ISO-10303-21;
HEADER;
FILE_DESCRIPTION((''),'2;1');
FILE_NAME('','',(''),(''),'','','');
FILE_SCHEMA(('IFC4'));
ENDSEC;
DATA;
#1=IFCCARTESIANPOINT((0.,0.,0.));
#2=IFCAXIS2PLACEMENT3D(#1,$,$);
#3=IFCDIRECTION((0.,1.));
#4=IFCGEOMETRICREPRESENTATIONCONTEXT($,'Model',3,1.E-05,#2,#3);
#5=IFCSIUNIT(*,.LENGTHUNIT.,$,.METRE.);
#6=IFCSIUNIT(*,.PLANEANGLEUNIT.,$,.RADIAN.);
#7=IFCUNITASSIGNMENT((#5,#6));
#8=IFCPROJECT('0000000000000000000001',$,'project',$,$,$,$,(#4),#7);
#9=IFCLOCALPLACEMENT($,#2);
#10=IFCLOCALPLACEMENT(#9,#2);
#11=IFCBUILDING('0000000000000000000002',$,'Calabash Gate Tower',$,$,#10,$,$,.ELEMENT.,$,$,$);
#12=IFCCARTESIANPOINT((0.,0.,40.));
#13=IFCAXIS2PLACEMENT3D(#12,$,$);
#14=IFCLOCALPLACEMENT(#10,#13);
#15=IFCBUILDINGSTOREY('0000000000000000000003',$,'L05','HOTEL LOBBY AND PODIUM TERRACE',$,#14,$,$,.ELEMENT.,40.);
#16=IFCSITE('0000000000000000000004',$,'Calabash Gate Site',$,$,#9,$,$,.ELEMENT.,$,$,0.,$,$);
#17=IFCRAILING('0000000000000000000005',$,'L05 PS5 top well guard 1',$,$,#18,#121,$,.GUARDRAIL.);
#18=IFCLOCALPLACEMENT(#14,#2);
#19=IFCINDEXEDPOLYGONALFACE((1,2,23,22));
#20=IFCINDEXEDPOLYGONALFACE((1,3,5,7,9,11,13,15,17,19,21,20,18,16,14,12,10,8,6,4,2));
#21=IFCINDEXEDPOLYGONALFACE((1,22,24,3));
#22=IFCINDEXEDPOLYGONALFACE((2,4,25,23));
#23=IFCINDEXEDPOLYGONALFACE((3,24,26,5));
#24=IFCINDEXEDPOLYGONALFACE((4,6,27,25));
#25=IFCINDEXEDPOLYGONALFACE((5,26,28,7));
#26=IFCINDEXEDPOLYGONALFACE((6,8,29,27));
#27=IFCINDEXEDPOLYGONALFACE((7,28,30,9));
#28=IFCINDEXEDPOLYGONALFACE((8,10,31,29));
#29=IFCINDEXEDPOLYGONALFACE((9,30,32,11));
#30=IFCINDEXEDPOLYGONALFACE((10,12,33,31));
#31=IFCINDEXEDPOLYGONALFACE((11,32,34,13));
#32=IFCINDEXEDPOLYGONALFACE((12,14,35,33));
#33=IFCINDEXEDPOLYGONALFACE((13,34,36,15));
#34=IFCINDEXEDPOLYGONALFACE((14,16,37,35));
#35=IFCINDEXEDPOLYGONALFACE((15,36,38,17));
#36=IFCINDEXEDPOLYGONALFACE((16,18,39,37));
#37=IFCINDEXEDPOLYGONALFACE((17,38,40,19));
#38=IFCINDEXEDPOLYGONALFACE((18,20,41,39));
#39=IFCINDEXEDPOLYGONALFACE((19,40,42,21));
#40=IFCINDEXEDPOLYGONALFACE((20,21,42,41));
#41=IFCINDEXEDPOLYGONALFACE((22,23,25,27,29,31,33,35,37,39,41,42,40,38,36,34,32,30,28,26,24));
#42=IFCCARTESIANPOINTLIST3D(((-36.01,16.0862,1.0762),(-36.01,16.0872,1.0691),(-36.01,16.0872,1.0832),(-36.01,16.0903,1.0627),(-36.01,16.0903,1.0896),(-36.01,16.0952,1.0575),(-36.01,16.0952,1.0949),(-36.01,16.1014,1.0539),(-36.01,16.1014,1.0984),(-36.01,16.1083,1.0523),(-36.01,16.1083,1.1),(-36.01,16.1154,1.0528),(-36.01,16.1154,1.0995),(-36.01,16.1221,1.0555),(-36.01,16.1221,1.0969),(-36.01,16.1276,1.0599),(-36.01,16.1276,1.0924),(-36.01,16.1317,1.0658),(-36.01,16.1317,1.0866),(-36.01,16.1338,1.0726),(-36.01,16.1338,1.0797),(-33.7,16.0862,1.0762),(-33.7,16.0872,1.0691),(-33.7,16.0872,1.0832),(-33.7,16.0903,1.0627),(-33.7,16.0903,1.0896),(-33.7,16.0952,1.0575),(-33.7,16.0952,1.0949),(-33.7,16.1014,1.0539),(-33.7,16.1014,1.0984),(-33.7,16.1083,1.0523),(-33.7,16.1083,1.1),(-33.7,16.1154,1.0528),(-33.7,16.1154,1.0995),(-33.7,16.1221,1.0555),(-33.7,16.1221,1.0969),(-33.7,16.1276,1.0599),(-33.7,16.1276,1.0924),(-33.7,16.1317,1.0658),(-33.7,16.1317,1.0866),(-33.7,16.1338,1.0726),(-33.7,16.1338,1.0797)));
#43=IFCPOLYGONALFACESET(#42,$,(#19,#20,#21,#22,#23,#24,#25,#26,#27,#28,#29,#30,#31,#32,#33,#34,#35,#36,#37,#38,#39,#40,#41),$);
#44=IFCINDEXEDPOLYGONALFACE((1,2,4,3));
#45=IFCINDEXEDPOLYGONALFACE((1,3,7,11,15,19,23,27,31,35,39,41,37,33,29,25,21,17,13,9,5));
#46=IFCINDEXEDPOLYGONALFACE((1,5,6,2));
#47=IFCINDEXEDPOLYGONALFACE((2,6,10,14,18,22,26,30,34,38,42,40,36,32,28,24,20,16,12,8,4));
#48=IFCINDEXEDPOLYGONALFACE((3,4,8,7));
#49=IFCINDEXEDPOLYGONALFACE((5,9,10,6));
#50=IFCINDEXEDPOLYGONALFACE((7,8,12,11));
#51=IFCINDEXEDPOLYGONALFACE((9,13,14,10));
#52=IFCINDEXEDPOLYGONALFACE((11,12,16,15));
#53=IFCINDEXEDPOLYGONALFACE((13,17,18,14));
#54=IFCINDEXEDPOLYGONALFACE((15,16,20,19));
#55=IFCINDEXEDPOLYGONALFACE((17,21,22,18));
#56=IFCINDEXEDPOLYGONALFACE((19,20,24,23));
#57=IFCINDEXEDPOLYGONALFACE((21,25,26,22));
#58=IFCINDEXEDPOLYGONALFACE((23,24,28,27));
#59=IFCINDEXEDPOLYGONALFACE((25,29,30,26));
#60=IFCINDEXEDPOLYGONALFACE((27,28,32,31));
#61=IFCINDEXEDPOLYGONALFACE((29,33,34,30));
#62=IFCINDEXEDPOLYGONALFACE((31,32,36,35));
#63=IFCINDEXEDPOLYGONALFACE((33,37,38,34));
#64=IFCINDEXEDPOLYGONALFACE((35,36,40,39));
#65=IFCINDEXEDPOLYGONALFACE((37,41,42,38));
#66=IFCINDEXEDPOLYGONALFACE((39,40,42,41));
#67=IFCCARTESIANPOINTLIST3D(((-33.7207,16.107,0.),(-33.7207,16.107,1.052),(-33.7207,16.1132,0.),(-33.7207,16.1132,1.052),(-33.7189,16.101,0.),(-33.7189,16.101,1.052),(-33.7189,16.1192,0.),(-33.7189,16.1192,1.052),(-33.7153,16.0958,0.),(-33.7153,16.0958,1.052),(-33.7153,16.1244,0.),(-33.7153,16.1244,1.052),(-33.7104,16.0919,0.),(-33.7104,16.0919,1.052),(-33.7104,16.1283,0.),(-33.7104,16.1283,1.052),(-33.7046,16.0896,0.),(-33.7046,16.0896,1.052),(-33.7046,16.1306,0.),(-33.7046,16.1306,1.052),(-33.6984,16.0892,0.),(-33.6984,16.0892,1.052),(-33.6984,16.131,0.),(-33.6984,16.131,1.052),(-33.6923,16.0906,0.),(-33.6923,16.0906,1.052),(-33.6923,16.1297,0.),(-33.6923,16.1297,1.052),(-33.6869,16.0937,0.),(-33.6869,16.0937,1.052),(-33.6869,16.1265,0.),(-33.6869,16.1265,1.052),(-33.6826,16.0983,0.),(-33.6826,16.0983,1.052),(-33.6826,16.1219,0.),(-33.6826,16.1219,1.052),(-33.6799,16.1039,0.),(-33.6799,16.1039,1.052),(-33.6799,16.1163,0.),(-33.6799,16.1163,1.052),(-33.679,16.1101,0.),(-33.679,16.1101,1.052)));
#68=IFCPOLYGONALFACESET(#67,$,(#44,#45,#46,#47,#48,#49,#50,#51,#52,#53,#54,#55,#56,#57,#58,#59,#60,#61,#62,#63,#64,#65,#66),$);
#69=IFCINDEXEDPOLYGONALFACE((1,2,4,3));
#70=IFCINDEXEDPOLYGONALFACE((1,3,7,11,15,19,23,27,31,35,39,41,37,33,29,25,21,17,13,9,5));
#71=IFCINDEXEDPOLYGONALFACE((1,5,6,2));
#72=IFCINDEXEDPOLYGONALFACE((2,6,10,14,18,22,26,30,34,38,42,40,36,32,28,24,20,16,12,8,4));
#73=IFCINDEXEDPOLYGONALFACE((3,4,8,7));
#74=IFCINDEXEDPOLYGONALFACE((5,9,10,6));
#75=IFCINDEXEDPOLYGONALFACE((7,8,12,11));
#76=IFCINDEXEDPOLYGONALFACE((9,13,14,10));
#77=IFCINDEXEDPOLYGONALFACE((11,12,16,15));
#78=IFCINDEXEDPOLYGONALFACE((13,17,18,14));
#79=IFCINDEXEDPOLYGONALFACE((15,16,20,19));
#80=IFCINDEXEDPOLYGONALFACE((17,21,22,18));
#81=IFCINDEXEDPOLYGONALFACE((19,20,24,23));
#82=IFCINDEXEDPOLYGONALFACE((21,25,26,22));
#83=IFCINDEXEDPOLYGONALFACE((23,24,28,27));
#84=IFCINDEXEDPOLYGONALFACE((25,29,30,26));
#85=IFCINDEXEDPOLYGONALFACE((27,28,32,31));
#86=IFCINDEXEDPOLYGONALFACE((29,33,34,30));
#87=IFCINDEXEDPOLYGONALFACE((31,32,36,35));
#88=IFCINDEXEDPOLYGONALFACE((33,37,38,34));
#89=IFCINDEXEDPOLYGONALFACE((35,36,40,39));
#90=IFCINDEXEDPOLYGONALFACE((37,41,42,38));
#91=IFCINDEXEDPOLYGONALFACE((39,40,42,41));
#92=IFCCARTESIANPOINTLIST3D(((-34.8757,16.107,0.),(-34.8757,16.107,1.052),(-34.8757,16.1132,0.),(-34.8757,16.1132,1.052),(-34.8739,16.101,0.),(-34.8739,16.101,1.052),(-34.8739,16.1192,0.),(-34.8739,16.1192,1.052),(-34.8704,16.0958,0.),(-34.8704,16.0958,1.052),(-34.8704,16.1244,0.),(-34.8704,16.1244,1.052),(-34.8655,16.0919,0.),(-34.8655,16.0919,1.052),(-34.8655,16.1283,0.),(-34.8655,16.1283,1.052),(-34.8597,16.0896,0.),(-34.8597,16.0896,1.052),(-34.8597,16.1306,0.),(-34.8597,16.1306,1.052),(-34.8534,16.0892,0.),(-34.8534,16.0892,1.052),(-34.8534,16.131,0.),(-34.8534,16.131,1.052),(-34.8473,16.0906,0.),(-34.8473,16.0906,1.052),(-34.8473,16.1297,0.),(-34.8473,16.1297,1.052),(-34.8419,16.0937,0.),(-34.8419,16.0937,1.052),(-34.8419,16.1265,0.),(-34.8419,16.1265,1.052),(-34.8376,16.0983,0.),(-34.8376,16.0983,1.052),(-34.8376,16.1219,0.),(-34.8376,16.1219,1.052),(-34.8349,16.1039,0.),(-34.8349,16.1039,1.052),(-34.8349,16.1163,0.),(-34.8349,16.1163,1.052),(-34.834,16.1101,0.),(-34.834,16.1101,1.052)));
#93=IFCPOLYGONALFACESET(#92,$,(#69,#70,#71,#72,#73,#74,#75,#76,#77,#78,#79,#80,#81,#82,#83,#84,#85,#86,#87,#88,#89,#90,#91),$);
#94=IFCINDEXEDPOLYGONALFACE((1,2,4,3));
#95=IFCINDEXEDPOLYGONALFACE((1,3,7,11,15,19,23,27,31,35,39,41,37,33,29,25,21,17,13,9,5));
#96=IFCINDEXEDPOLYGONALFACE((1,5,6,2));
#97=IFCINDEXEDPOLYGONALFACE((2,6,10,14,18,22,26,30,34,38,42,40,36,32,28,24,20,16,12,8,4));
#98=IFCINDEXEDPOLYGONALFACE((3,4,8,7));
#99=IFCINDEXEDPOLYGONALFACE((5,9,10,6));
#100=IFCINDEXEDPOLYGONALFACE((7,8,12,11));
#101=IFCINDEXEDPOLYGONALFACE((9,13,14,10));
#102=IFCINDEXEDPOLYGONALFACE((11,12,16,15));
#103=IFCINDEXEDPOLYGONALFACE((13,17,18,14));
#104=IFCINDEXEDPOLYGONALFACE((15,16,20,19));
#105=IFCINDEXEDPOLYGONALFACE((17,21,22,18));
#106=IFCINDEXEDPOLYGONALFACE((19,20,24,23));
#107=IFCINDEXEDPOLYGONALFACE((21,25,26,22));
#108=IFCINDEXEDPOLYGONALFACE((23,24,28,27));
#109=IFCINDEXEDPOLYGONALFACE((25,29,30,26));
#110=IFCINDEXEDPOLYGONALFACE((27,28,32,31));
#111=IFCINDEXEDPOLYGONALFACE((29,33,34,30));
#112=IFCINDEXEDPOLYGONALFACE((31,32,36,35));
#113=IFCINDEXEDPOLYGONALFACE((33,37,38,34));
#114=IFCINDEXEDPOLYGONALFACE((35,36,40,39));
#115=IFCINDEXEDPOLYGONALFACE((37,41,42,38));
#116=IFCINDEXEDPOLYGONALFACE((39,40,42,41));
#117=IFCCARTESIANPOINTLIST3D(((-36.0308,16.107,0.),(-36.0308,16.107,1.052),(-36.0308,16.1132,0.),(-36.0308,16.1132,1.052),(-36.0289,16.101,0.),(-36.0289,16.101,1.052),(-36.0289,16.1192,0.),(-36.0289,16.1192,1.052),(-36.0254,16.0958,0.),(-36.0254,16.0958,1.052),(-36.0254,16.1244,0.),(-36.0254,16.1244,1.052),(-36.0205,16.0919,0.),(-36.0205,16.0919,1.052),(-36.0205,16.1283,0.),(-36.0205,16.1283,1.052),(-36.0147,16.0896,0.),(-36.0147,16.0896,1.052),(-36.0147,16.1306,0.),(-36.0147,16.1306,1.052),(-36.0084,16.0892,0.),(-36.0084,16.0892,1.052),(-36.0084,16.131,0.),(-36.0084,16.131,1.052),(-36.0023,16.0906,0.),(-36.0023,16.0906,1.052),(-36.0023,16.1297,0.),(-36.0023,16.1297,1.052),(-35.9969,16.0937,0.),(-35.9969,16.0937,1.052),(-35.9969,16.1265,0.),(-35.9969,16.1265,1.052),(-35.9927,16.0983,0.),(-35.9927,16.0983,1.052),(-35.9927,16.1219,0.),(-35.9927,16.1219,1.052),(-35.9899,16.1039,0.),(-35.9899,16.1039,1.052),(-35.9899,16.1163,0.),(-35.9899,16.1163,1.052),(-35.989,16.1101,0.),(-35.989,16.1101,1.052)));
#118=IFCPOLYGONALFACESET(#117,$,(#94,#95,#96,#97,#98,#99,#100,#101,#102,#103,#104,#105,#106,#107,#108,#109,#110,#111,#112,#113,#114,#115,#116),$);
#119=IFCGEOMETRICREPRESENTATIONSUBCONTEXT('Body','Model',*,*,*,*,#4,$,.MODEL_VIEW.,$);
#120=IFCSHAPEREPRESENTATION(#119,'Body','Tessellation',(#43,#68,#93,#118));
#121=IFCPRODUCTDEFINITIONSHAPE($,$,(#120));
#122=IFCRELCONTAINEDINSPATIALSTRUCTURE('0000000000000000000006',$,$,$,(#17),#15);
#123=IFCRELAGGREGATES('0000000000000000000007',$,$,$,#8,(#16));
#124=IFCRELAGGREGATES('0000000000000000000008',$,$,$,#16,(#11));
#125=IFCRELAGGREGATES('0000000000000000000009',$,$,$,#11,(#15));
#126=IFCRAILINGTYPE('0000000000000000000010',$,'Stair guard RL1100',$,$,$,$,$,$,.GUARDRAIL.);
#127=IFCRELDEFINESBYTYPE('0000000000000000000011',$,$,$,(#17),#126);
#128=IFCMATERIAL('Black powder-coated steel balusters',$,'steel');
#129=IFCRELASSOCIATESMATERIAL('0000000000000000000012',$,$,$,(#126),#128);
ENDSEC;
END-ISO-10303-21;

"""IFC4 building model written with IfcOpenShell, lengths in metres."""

from ifc_helpers import new_model, si_unit, direction, frame, origin, origin_2d, place, context, subcontext, project, spatial, circle, extrude, material, type_object, element, save


model = new_model("IFC4")

# Units and contexts
model_context = context("Model", 3, precision=1e-05, world=origin(), true_north=direction((0.0, 1.0)))
body_context = subcontext(model_context, "Body", "Model", "MODEL_VIEW")
ifc_project = project(units=[si_unit("LENGTHUNIT", "METRE"), si_unit("PLANEANGLEUNIT", "RADIAN")], contexts=[model_context])

# Site, building, storey
site_placement = place(None, origin())
site = spatial("IfcSite", under=ifc_project, at=site_placement, Name="Calabash Gate Site", CompositionType="ELEMENT", RefElevation=0.0)
building_placement = place(site_placement, origin())
building = spatial("IfcBuilding", under=site, at=building_placement, Name="Calabash Gate Tower", CompositionType="ELEMENT")
storey_placement = place(building_placement, frame((0.0, 0.0, 40.0)))
storey = spatial("IfcBuildingStorey", under=building, at=storey_placement, Name="L05", Description="HOTEL LOBBY AND PODIUM TERRACE", CompositionType="ELEMENT", Elevation=40.0)

# Railing
ifc_material_1 = material(Name="Black powder-coated steel balusters", Category="steel")
railing_type = type_object("IfcRailingType", Name="Stair guard RL1100", PredefinedType="GUARDRAIL", material=ifc_material_1)
railing_placement = place(storey_placement, frame((-33.7, 16.1101, 0.0)))
element("IfcRailing", 1, at=railing_placement, inside=storey, type_object=railing_type, Name="L05 PS5 top well guard 1", PredefinedType="GUARDRAIL", context=body_context, shape_type="SweptSolid", body=[
    extrude(circle(Radius=0.0239, at=origin_2d()), frame((0.0, 0.0, 1.0762), z_axis=(-1.0, 0.0, 0.0), x_axis=(0.0, -1.0, 0.0)), (0.0, 0.0, 1.0), 2.3101),
    extrude(circle(Radius=0.021, at=origin_2d()), origin(), (0.0, 0.0, 1.0), 1.052),
    extrude(circle(Radius=0.021, at=origin_2d()), frame((-1.155, 0.0, 0.0)), (0.0, 0.0, 1.0), 1.052),
    extrude(circle(Radius=0.021, at=origin_2d()), frame((-2.3101, 0.0, 0.0)), (0.0, 0.0, 1.0), 1.052),
])

save(model, "model.ifc")
